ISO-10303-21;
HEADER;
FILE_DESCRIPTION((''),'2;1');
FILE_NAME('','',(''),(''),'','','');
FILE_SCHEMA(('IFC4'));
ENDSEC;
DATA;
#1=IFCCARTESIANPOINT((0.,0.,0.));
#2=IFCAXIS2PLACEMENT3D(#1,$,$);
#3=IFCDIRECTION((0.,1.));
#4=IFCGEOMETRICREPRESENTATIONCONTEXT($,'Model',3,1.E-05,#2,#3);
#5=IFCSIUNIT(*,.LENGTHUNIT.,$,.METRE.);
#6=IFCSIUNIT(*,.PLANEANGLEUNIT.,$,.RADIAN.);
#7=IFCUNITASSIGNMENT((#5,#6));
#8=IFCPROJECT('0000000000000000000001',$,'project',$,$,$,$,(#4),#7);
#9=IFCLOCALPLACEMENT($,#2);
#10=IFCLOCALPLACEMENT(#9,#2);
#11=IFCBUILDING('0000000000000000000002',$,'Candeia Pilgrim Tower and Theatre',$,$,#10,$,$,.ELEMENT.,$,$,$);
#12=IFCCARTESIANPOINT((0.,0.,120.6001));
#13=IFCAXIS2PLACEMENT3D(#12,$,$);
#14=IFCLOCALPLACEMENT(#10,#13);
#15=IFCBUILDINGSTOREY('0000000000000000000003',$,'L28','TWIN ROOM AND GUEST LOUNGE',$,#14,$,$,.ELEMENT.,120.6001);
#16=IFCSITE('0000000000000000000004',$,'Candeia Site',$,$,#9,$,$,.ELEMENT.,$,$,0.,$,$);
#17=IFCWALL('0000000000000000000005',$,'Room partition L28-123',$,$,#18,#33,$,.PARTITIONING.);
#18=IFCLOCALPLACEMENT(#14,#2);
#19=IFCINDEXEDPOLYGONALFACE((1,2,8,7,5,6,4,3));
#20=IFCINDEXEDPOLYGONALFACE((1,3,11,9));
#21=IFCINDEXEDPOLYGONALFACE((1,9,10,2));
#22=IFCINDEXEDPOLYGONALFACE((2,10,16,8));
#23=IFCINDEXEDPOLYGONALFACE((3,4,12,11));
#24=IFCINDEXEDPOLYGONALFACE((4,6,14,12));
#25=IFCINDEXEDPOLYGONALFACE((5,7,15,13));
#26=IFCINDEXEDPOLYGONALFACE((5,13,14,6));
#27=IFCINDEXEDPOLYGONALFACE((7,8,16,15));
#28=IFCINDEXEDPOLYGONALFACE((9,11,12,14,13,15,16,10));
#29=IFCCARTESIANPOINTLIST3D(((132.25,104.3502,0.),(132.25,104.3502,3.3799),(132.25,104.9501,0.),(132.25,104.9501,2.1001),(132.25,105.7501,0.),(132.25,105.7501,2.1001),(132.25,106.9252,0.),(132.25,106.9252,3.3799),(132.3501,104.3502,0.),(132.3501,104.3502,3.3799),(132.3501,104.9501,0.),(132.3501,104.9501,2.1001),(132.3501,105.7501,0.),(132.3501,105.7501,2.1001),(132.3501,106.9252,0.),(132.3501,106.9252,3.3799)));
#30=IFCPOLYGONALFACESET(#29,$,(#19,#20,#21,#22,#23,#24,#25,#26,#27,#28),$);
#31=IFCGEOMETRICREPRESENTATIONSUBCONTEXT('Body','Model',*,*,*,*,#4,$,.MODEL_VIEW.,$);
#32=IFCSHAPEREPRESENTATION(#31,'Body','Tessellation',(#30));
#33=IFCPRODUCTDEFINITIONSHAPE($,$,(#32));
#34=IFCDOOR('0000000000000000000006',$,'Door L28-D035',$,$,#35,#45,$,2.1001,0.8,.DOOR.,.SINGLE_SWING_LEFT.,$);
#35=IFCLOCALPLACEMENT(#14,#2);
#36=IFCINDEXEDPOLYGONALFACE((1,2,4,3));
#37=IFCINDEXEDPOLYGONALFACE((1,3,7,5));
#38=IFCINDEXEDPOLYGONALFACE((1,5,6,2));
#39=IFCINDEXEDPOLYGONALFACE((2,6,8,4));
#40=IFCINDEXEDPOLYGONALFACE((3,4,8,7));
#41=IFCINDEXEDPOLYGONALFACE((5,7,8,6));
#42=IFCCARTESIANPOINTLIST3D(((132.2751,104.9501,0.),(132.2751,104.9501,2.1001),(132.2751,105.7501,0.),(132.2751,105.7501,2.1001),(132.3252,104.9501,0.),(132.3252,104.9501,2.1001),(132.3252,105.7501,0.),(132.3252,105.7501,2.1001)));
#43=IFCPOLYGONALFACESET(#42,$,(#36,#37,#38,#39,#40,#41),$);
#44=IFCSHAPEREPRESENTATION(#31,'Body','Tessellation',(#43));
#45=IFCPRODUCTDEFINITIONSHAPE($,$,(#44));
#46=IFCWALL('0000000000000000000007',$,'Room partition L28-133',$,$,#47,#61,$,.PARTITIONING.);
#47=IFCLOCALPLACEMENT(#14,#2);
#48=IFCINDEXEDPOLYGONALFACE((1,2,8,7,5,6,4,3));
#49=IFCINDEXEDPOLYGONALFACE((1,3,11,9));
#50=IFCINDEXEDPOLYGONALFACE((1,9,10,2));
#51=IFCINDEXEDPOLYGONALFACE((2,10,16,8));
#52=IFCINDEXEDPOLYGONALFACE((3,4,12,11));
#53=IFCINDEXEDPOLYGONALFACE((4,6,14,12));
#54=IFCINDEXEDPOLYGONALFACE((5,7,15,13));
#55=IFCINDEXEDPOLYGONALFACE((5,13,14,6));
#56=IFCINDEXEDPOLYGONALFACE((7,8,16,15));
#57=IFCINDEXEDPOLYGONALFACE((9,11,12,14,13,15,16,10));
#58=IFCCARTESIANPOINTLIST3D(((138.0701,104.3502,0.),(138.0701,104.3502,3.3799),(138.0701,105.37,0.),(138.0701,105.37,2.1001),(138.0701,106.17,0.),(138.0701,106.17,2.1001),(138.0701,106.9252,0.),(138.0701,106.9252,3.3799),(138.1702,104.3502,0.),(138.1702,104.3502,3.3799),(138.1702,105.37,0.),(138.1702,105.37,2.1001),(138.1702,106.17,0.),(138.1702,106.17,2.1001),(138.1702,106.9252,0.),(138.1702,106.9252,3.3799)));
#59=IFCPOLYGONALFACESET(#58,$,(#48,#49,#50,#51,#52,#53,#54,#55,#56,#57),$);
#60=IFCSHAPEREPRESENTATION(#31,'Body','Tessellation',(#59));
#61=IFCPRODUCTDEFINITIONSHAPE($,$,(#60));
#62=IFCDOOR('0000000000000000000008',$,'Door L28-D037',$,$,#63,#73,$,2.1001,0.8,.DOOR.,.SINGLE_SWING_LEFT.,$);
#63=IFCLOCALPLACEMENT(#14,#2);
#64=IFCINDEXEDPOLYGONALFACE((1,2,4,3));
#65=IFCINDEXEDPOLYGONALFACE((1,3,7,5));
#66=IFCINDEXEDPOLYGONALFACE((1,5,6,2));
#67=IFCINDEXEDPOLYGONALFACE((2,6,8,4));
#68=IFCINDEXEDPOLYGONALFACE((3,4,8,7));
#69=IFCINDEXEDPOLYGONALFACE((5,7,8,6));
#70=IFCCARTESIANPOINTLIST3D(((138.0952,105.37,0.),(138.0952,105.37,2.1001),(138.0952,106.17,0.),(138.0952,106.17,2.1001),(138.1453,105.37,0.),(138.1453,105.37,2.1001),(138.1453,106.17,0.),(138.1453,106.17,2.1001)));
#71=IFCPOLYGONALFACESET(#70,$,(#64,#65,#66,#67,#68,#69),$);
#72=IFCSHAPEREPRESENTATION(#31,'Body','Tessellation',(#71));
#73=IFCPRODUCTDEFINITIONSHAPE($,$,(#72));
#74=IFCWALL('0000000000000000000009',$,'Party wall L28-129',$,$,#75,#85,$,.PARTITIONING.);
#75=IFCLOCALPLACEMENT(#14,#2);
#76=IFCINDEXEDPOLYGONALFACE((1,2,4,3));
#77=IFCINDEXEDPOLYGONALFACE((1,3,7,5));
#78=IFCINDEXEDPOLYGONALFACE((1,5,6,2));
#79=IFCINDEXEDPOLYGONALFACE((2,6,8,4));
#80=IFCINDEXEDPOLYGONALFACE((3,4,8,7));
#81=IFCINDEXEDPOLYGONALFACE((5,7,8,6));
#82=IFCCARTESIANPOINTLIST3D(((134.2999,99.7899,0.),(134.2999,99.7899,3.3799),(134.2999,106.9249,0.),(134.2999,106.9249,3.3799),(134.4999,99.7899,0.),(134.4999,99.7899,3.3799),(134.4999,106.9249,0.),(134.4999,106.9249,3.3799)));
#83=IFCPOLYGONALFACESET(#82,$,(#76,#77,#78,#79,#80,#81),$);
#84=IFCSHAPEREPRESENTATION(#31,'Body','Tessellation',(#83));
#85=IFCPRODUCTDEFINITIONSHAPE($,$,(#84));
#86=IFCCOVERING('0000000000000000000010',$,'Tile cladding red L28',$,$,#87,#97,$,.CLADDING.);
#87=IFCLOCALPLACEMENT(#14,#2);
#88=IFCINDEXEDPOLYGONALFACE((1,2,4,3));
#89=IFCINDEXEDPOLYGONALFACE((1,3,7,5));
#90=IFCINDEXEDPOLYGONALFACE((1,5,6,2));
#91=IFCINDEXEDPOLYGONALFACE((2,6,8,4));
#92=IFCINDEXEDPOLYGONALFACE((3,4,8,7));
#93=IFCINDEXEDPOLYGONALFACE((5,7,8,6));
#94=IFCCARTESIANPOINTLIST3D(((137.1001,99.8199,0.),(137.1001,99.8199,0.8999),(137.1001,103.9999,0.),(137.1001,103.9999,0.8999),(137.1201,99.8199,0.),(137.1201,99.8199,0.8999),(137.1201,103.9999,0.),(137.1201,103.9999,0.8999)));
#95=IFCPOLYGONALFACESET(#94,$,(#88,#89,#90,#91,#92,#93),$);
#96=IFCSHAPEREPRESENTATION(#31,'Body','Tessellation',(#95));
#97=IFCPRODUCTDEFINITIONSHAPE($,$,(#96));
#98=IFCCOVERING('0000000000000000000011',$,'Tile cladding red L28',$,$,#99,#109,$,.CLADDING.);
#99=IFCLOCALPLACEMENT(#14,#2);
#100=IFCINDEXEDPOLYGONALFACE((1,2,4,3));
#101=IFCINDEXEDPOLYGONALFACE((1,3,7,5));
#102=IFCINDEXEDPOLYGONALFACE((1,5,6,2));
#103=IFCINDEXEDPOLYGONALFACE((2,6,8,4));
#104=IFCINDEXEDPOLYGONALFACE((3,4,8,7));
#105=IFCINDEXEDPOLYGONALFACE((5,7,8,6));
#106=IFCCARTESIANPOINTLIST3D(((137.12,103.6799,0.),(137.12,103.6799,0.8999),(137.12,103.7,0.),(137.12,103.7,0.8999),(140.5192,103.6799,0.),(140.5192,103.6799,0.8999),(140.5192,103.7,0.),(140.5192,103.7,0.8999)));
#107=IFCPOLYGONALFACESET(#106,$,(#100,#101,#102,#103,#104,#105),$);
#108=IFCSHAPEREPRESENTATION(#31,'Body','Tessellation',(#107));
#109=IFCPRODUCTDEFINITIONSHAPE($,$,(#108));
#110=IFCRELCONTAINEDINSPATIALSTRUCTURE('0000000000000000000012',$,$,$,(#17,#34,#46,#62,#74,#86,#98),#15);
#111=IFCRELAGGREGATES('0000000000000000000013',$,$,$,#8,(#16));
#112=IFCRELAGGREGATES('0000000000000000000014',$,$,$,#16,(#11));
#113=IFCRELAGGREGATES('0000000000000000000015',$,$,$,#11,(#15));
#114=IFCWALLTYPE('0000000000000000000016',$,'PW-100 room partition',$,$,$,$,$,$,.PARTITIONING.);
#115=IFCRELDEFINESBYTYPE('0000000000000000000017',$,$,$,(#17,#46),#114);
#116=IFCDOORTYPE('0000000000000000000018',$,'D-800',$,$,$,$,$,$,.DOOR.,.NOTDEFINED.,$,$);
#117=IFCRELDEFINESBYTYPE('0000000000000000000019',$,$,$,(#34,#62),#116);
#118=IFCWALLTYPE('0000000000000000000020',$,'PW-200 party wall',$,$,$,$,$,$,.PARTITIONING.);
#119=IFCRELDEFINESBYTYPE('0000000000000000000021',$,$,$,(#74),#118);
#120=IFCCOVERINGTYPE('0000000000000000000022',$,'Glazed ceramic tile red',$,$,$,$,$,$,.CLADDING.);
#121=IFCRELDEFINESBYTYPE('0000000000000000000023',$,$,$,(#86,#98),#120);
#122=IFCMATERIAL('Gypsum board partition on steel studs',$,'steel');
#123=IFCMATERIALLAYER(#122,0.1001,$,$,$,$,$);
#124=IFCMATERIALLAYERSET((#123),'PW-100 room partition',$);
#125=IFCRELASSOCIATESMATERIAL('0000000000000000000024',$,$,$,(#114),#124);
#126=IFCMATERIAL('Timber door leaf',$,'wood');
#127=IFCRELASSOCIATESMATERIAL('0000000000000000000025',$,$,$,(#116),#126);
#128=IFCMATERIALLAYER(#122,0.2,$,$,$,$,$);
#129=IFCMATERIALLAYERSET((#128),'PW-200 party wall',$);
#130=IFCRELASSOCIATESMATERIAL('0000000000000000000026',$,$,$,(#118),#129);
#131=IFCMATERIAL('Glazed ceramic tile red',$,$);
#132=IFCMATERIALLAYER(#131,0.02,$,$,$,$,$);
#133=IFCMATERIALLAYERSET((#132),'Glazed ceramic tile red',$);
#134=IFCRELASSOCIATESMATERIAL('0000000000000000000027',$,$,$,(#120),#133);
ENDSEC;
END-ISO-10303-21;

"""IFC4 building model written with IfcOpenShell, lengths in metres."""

from ifc_helpers import new_model, si_unit, direction, frame, frame_2d, origin, origin_2d, place, context, subcontext, project, spatial, rectangle, extrude, material, layer, layer_set, type_object, element, fill, save


model = new_model("IFC4")

# Units and contexts
model_context = context("Model", 3, precision=1e-05, world=origin(), true_north=direction((0.0, 1.0)))
body_context = subcontext(model_context, "Body", "Model", "MODEL_VIEW")
ifc_project = project(units=[si_unit("LENGTHUNIT", "METRE"), si_unit("PLANEANGLEUNIT", "RADIAN")], contexts=[model_context])

# Site, building, storey
site_placement = place(None, origin())
site = spatial("IfcSite", under=ifc_project, at=site_placement, Name="Candeia Site", CompositionType="ELEMENT", RefElevation=0.0)
building_placement = place(site_placement, origin())
building = spatial("IfcBuilding", under=site, at=building_placement, Name="Candeia Pilgrim Tower and Theatre", CompositionType="ELEMENT")
storey_placement = place(building_placement, frame((0.0, 0.0, 120.6001)))
storey = spatial("IfcBuildingStorey", under=building, at=storey_placement, Name="L28", Description="TWIN ROOM AND GUEST LOUNGE", CompositionType="ELEMENT", Elevation=120.6001)

# Shared definitions
ifc_material_1 = material(Name="Gypsum board partition on steel studs", Category="steel")
ifc_layer_1 = layer(ifc_material_1, 0.1001)
ifc_layer_set_1 = layer_set([ifc_layer_1], Name="PW-100 room partition")
wall_type_1 = type_object("IfcWallType", Name="PW-100 room partition", PredefinedType="PARTITIONING", material=ifc_layer_set_1)

# Walls, openings, doors
wall_1_placement = place(storey_placement, frame((132.3, 104.3501, 0.0), z_axis=(0.0, 0.0, 1.0), x_axis=(0.0, 1.0, 0.0)))
wall_1 = element("IfcWall", 1, at=wall_1_placement, inside=storey, type_object=wall_type_1, Name="Room partition L28-123", PredefinedType="PARTITIONING", context=body_context, shape_type="SweptSolid", body=[
    extrude(rectangle(XDim=2.575, YDim=0.1001, at=frame_2d((1.2876, 0.0))), origin(), (0.0, 0.0, 1.0), 3.3799),
])
opening_1_placement = place(wall_1_placement, frame((0.6001, 0.0, 0.0)))
opening_1 = element("IfcOpeningElement", 2, at=opening_1_placement, cuts=wall_1, PredefinedType="OPENING", context=body_context, shape_type="SweptSolid", body=[
    extrude(rectangle(XDim=0.8, YDim=2.1001, at=frame_2d((0.3999, 1.05))), frame((0.0, 0.0601, 0.0), z_axis=(0.0, -1.0, 0.0), x_axis=(1.0, 0.0, 0.0)), (0.0, 0.0, 1.0), 0.1201),
])
ifc_material_2 = material(Name="Timber door leaf", Category="wood")
door_type_1 = type_object("IfcDoorType", Name="D-800", OperationType="NOTDEFINED", PredefinedType="DOOR", material=ifc_material_2)
door_1_placement = place(opening_1_placement, origin())
door_1 = element("IfcDoor", 3, at=door_1_placement, inside=storey, type_object=door_type_1, Name="Door L28-D035", OperationType="SINGLE_SWING_LEFT", OverallHeight=2.1001, OverallWidth=0.8, PredefinedType="DOOR", context=body_context, shape_type="SweptSolid", body=[
    extrude(rectangle(XDim=0.8, YDim=2.1001, at=frame_2d((0.3999, 1.05))), frame((0.0, 0.0249, 0.0), z_axis=(0.0, -1.0, 0.0), x_axis=(1.0, 0.0, 0.0)), (0.0, 0.0, 1.0), 0.05),
])
fill(opening_1, door_1)
wall_2_placement = place(storey_placement, frame((138.1201, 104.3501, 0.0), z_axis=(0.0, 0.0, 1.0), x_axis=(0.0, 1.0, 0.0)))
wall_2 = element("IfcWall", 4, at=wall_2_placement, inside=storey, type_object=wall_type_1, Name="Room partition L28-133", PredefinedType="PARTITIONING", context=body_context, shape_type="SweptSolid", body=[
    extrude(rectangle(XDim=2.575, YDim=0.1001, at=frame_2d((1.2876, 0.0))), origin(), (0.0, 0.0, 1.0), 3.3799),
])
opening_2_placement = place(wall_2_placement, frame((1.02, 0.0, 0.0)))
opening_2 = element("IfcOpeningElement", 5, at=opening_2_placement, cuts=wall_2, PredefinedType="OPENING", context=body_context, shape_type="SweptSolid", body=[
    extrude(rectangle(XDim=0.8, YDim=2.1001, at=frame_2d((0.3999, 1.05))), frame((0.0, 0.0601, 0.0), z_axis=(0.0, -1.0, 0.0), x_axis=(1.0, 0.0, 0.0)), (0.0, 0.0, 1.0), 0.1201),
])
door_2_placement = place(opening_2_placement, origin())
door_2 = element("IfcDoor", 6, at=door_2_placement, inside=storey, type_object=door_type_1, Name="Door L28-D037", OperationType="SINGLE_SWING_LEFT", OverallHeight=2.1001, OverallWidth=0.8, PredefinedType="DOOR", context=body_context, shape_type="SweptSolid", body=[
    extrude(rectangle(XDim=0.8, YDim=2.1001, at=frame_2d((0.3999, 1.05))), frame((0.0, 0.0249, 0.0), z_axis=(0.0, -1.0, 0.0), x_axis=(1.0, 0.0, 0.0)), (0.0, 0.0, 1.0), 0.05),
])
fill(opening_2, door_2)

# Wall
ifc_layer_2 = layer(ifc_material_1, 0.2)
ifc_layer_set_2 = layer_set([ifc_layer_2], Name="PW-200 party wall")
wall_type_2 = type_object("IfcWallType", Name="PW-200 party wall", PredefinedType="PARTITIONING", material=ifc_layer_set_2)
wall_3_placement = place(storey_placement, frame((134.3999, 99.79, 0.0), z_axis=(0.0, 0.0, 1.0), x_axis=(0.0, 1.0, 0.0)))
element("IfcWall", 7, at=wall_3_placement, inside=storey, type_object=wall_type_2, Name="Party wall L28-129", PredefinedType="PARTITIONING", context=body_context, shape_type="SweptSolid", body=[
    extrude(rectangle(XDim=7.135, YDim=0.2, at=frame_2d((3.5674, 0.0))), origin(), (0.0, 0.0, 1.0), 3.3799),
])

# Coverings
ifc_material_3 = material(Name="Glazed ceramic tile red")
ifc_layer_3 = layer(ifc_material_3, 0.02)
ifc_layer_set_3 = layer_set([ifc_layer_3], Name="Glazed ceramic tile red")
covering_type = type_object("IfcCoveringType", Name="Glazed ceramic tile red", PredefinedType="CLADDING", material=ifc_layer_set_3)
covering_1_placement = place(storey_placement, frame((137.1101, 101.9099, 0.0), z_axis=(0.0, 0.0, 1.0), x_axis=(0.0, 1.0, 0.0)))
element("IfcCovering", 8, at=covering_1_placement, inside=storey, type_object=covering_type, Name="Tile cladding red L28", PredefinedType="CLADDING", context=body_context, shape_type="SweptSolid", body=[
    extrude(rectangle(XDim=4.1799, YDim=0.02, at=origin_2d()), origin(), (0.0, 0.0, 1.0), 0.8999),
])
covering_2_placement = place(storey_placement, frame((138.8196, 103.6899, 0.0), z_axis=(0.0, 0.0, 1.0), x_axis=(1.0, 0.0, 0.0)))
element("IfcCovering", 9, at=covering_2_placement, inside=storey, type_object=covering_type, Name="Tile cladding red L28", PredefinedType="CLADDING", context=body_context, shape_type="SweptSolid", body=[
    extrude(rectangle(XDim=3.3992, YDim=0.02, at=origin_2d()), origin(), (0.0, 0.0, 1.0), 0.8999),
])

save(model, "model.ifc")
